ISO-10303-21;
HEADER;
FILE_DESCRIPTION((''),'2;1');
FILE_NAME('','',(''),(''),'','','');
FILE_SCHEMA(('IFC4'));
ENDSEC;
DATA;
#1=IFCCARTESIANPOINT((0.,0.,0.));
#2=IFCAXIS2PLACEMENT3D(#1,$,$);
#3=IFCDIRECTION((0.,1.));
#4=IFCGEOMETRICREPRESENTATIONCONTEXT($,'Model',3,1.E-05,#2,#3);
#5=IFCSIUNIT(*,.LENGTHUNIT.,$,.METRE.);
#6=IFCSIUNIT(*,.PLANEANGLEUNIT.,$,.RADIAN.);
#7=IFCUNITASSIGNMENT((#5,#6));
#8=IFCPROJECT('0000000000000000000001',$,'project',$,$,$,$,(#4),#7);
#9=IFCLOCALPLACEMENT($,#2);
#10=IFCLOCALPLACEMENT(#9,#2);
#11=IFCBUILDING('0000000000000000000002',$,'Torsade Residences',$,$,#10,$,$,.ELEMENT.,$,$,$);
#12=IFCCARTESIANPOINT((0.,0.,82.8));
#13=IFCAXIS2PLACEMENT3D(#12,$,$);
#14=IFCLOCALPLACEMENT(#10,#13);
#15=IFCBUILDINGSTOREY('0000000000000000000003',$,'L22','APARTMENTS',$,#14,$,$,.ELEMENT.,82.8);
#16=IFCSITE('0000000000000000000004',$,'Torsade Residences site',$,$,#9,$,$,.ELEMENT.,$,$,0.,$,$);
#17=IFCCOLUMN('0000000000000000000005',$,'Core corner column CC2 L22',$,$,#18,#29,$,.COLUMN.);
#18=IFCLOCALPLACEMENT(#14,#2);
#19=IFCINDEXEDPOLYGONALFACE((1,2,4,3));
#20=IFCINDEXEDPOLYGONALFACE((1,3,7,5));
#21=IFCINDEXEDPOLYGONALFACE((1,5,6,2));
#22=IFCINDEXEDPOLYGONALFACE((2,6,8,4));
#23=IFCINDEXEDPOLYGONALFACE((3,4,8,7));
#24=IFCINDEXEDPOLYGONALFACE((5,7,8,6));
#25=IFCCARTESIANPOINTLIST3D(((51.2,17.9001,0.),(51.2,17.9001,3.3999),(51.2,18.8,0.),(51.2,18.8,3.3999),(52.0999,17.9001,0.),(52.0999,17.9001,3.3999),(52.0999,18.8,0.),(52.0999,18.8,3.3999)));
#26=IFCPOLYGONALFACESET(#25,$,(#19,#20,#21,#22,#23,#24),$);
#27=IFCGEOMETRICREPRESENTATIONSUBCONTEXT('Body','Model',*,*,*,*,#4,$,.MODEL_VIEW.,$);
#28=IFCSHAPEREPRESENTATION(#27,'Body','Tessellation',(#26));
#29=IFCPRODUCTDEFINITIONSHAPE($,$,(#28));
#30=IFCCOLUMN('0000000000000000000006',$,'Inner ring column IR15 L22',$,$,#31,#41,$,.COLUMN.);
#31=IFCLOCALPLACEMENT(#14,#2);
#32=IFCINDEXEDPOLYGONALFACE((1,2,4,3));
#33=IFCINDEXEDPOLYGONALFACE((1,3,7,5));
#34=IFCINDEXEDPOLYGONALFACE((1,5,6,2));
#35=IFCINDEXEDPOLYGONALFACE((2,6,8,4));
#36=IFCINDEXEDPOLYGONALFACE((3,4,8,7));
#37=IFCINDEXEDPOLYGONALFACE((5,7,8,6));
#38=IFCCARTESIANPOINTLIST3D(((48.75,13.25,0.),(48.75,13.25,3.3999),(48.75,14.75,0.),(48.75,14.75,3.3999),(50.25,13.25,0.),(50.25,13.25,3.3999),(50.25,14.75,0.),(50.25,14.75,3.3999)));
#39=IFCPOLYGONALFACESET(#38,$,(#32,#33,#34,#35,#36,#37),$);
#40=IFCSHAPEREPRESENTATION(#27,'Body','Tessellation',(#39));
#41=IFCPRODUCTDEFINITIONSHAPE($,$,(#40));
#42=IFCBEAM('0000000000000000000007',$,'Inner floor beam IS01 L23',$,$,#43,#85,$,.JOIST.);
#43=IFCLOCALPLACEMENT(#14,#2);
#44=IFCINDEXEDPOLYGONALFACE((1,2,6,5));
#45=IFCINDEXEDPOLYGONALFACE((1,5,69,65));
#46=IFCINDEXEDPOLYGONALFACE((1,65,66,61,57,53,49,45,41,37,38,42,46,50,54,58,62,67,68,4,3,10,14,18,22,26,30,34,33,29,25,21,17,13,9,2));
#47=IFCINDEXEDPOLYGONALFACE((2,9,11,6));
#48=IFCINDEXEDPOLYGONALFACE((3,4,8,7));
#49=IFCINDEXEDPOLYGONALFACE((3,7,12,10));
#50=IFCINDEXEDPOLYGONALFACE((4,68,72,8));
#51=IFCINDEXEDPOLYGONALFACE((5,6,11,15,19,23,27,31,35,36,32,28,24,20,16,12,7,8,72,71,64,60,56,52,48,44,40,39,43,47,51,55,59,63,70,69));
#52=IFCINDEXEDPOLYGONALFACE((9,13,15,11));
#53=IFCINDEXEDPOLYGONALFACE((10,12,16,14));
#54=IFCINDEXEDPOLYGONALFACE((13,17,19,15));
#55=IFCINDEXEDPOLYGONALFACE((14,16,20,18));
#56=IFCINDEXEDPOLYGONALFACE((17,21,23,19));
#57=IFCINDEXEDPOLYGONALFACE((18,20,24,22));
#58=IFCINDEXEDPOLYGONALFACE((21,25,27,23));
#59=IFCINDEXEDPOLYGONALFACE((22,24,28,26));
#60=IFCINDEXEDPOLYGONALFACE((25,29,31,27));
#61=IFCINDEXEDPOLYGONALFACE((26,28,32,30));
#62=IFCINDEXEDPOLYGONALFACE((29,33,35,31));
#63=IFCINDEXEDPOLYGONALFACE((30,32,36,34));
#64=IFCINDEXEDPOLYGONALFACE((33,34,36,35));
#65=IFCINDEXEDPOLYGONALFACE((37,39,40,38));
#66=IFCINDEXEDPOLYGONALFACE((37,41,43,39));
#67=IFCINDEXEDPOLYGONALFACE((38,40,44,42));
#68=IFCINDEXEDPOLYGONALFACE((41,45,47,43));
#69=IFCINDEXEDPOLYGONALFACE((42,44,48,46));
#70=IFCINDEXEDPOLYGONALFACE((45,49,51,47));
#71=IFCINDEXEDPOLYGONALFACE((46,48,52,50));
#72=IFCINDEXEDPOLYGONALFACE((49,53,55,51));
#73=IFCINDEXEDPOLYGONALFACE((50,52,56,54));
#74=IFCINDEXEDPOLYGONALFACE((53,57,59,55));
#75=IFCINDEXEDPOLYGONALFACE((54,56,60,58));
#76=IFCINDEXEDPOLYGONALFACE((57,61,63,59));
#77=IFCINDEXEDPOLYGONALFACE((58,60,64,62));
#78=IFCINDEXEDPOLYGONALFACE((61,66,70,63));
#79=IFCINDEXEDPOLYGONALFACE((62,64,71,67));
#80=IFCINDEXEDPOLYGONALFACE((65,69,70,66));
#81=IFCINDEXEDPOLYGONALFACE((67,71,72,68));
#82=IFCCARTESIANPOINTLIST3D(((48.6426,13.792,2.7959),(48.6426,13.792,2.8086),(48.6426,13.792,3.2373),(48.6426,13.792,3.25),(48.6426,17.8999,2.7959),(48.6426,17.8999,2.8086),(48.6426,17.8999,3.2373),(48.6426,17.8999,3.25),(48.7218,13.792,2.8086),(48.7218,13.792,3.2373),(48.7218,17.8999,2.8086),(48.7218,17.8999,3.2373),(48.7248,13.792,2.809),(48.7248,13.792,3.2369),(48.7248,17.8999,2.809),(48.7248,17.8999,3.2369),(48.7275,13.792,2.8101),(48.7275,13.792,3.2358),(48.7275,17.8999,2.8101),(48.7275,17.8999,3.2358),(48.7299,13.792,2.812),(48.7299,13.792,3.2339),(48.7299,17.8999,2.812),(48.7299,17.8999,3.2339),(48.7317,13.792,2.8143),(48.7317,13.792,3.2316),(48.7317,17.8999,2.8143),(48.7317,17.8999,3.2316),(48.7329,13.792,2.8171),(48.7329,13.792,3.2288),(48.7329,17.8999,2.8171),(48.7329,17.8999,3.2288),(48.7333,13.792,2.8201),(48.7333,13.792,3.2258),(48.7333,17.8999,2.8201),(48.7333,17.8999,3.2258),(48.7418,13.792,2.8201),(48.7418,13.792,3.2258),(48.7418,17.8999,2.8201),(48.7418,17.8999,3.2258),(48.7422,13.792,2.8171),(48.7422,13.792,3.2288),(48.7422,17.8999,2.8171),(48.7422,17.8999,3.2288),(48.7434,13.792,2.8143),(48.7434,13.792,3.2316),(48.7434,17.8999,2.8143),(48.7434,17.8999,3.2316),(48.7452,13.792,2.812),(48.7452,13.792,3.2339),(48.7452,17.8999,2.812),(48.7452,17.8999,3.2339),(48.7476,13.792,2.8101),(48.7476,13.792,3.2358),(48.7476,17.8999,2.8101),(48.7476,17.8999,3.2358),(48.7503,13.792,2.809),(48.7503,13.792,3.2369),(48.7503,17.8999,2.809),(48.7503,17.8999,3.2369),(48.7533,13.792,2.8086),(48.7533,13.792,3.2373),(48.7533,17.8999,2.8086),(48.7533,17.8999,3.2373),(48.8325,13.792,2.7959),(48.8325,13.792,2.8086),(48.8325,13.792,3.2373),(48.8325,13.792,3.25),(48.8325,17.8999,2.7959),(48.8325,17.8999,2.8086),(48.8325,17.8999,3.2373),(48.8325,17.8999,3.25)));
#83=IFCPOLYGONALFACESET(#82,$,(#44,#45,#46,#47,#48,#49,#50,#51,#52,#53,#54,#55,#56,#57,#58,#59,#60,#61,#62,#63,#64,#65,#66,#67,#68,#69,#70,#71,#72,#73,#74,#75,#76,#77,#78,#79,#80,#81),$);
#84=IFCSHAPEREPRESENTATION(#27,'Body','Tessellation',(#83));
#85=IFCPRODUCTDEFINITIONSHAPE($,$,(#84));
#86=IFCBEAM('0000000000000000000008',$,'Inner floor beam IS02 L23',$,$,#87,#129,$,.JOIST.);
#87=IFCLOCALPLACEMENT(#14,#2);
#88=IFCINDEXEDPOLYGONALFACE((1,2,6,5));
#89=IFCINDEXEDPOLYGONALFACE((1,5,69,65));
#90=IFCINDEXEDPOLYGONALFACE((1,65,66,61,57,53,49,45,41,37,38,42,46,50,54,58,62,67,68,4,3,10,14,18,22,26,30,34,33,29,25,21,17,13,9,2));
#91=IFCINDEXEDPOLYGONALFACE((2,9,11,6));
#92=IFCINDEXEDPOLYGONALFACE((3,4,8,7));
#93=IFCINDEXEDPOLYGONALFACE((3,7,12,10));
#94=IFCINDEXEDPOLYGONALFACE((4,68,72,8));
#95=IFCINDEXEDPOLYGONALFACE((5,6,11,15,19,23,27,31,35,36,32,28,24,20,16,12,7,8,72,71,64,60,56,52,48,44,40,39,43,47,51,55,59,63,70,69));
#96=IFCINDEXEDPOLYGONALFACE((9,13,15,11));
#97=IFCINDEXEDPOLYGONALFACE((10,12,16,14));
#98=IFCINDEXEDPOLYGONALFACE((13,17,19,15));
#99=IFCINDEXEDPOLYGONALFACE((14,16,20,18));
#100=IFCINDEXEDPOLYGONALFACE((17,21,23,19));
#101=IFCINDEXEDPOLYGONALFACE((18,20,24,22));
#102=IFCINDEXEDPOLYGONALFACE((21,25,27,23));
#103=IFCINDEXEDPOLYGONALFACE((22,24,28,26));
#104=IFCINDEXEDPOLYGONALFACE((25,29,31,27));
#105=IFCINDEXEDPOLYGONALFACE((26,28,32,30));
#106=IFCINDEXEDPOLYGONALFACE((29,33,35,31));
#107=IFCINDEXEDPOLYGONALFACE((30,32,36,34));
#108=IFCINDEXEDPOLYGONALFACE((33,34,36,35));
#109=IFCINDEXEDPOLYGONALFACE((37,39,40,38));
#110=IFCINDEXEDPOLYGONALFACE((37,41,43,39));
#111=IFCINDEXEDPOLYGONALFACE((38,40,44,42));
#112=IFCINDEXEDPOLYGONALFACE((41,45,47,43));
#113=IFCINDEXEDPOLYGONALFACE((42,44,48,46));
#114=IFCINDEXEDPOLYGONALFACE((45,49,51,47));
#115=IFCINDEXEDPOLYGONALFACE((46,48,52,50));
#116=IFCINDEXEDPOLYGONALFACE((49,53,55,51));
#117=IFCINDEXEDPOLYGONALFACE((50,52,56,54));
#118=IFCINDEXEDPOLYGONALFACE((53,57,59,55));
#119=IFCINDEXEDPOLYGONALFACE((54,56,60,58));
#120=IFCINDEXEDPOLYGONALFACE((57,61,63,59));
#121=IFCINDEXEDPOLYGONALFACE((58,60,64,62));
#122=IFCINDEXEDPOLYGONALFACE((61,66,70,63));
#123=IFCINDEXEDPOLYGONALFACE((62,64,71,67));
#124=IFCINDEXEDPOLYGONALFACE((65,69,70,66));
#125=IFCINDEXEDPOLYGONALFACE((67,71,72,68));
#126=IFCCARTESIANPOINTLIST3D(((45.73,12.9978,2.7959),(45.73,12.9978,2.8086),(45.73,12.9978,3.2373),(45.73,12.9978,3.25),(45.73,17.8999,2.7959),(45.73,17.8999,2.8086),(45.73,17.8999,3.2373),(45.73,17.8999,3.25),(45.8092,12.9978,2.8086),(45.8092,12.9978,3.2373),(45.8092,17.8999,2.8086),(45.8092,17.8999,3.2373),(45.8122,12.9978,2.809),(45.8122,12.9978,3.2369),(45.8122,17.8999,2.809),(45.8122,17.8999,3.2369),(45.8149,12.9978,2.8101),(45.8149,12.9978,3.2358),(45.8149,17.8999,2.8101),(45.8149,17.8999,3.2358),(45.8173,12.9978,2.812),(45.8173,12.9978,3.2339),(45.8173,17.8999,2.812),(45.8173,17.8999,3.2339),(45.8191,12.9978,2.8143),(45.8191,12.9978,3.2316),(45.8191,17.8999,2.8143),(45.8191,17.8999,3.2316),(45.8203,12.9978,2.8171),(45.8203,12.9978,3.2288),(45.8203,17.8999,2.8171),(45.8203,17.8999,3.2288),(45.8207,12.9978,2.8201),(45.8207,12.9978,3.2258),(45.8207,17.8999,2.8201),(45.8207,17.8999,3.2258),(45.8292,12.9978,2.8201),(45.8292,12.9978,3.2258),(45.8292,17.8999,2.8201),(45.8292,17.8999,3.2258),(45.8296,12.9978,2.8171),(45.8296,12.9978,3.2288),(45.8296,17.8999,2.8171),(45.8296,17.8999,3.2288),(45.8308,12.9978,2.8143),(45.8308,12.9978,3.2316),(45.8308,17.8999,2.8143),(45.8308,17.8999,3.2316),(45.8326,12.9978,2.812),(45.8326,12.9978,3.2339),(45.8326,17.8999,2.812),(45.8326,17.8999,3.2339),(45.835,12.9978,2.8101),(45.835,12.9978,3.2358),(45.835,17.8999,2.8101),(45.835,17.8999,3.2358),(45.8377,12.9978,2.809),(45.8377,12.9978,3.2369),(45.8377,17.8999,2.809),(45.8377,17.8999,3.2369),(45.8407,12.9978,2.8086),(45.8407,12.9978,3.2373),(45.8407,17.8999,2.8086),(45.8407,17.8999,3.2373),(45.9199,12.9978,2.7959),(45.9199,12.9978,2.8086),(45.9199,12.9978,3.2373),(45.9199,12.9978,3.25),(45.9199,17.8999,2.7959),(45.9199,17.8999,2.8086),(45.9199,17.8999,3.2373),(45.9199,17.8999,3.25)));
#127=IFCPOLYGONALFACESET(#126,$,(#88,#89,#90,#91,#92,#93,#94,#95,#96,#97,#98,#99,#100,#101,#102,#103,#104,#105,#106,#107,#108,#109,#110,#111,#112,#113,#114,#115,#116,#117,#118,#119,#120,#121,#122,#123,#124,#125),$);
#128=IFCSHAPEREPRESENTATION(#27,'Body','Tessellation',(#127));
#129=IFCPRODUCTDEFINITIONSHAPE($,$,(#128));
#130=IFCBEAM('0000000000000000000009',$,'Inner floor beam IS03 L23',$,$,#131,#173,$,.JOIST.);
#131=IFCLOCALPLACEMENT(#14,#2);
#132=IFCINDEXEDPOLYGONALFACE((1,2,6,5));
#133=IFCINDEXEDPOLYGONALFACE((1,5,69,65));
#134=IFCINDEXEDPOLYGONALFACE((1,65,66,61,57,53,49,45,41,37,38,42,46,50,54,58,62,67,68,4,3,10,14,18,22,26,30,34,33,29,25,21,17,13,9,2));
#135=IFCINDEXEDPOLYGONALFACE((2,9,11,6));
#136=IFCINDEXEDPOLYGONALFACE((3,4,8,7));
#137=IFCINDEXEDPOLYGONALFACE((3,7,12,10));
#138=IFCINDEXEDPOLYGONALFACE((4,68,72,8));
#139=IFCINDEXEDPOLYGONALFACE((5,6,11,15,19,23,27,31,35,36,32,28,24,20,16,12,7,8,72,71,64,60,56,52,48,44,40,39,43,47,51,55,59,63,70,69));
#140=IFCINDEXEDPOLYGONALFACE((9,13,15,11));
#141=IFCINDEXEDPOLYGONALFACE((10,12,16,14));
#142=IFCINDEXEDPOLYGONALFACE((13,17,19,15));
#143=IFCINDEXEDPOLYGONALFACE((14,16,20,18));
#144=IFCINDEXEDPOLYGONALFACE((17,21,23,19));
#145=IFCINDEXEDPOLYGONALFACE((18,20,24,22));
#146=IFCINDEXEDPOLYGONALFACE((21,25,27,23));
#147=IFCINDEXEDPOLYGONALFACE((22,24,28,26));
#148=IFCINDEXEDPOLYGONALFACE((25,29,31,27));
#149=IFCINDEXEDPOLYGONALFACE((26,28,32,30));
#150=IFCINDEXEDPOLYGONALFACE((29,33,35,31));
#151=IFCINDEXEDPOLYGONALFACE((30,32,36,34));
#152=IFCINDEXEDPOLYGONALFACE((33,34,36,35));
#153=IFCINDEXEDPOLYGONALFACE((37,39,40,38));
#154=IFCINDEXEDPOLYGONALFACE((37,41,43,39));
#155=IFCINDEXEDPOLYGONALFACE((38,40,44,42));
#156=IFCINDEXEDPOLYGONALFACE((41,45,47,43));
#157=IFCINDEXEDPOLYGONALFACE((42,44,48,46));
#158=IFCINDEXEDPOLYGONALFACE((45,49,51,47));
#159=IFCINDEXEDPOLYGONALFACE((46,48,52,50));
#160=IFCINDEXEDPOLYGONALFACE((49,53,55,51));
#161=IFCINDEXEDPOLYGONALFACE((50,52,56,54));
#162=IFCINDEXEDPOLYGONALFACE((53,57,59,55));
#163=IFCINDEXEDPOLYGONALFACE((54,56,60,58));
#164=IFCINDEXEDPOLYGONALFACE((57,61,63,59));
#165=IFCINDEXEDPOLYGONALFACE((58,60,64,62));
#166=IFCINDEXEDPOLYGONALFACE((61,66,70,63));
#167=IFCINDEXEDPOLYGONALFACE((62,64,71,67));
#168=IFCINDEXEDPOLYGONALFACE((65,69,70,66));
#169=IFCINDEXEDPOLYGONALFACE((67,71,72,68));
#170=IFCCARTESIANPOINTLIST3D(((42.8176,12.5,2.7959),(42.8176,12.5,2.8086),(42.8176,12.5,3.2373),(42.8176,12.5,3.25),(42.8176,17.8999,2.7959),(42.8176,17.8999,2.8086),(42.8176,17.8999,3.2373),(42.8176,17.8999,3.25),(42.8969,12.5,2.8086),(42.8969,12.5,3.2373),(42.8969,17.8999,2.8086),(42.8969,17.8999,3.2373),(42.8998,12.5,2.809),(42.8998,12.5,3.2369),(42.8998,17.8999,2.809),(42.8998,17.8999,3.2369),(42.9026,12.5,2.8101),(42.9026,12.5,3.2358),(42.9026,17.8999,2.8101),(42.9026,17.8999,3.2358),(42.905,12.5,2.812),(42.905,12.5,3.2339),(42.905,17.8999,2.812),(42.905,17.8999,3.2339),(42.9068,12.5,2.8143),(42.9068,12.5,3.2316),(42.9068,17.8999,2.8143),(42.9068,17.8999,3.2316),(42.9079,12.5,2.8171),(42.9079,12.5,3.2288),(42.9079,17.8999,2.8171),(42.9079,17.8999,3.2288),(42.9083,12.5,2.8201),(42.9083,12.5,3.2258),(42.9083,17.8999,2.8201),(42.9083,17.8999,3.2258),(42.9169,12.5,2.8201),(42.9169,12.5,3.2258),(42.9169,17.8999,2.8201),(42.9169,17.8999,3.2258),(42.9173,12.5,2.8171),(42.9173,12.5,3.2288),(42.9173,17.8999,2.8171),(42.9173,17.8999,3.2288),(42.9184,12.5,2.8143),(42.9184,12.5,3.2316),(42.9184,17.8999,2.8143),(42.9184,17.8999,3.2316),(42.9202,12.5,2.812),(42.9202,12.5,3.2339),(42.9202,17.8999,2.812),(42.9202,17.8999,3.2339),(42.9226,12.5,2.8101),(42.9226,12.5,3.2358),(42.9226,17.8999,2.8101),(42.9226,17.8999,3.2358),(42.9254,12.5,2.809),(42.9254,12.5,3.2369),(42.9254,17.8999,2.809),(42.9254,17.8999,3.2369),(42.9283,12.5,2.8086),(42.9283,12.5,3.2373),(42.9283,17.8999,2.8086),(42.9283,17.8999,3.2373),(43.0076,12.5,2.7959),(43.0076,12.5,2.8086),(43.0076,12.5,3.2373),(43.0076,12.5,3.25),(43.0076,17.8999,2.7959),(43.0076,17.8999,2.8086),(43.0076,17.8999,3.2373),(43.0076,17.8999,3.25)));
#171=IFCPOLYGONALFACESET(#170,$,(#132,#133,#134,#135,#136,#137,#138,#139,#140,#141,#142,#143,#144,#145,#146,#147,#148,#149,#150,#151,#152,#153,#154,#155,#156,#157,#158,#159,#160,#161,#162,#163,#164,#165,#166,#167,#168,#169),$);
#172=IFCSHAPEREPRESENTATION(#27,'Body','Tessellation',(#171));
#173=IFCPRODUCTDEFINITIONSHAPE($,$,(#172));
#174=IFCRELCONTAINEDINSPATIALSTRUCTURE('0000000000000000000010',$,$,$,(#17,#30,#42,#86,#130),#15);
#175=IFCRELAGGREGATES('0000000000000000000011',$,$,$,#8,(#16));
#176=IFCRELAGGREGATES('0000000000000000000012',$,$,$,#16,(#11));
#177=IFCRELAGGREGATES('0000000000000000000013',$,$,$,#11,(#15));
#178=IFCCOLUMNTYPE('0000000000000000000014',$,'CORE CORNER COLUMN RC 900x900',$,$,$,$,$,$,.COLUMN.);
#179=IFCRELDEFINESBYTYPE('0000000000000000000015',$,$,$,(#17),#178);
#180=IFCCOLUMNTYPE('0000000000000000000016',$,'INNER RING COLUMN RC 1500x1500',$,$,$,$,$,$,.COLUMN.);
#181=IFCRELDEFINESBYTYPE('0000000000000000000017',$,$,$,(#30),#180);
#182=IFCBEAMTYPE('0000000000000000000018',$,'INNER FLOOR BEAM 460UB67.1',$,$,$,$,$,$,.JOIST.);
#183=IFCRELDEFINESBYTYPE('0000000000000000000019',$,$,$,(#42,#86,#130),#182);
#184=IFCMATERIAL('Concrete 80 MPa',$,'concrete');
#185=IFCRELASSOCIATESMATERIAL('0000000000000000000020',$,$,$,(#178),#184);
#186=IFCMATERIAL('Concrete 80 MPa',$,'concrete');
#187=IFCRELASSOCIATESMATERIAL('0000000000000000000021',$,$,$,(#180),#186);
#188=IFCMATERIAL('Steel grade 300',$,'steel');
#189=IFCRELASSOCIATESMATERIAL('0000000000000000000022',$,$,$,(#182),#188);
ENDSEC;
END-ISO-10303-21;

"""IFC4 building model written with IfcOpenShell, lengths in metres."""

from ifc_helpers import new_model, si_unit, direction, frame, origin, origin_2d, place, context, subcontext, project, spatial, rectangle, i_section, extrude, material, material_profile, profile_set, type_object, element, save


model = new_model("IFC4")

# Units and contexts
model_context = context("Model", 3, precision=1e-05, world=origin(), true_north=direction((0.0, 1.0)))
body_context = subcontext(model_context, "Body", "Model", "MODEL_VIEW")
ifc_project = project(units=[si_unit("LENGTHUNIT", "METRE"), si_unit("PLANEANGLEUNIT", "RADIAN")], contexts=[model_context])

# Site, building, storey
site_placement = place(None, origin())
site = spatial("IfcSite", under=ifc_project, at=site_placement, Name="Torsade Residences site", CompositionType="ELEMENT", RefElevation=0.0)
building_placement = place(site_placement, origin())
building = spatial("IfcBuilding", under=site, at=building_placement, Name="Torsade Residences", CompositionType="ELEMENT")
storey_placement = place(building_placement, frame((0.0, 0.0, 82.8)))
storey = spatial("IfcBuildingStorey", under=building, at=storey_placement, Name="L22", Description="APARTMENTS", CompositionType="ELEMENT", Elevation=82.8)

# Columns
ifc_material_1 = material(Name="Concrete 80 MPa", Category="concrete")
ifc_material_profile_1 = material_profile(ifc_material_1, rectangle(XDim=0.8999, YDim=0.8999, at=origin_2d()), Name="RC 900x900")
ifc_profile_set_1 = profile_set([ifc_material_profile_1], Name="Concrete 80 MPa")
column_type_1 = type_object("IfcColumnType", Name="CORE CORNER COLUMN RC 900x900", PredefinedType="COLUMN", material=ifc_profile_set_1)
column_1_placement = place(storey_placement, frame((51.6499, 18.3501, 0.0), z_axis=(0.0, 0.0, 1.0), x_axis=(1.0, 0.0, 0.0)))
element("IfcColumn", 1, at=column_1_placement, inside=storey, type_object=column_type_1, Name="Core corner column CC2 L22", PredefinedType="COLUMN", context=body_context, shape_type="SweptSolid", body=[
    extrude(rectangle(XDim=0.8999, YDim=0.8999, at=origin_2d()), origin(), (0.0, 0.0, 1.0), 3.3999),
])
ifc_material_2 = material(Name="Concrete 80 MPa", Category="concrete")
ifc_material_profile_2 = material_profile(ifc_material_2, rectangle(XDim=1.5, YDim=1.5, at=origin_2d()), Name="RC 1500x1500")
ifc_profile_set_2 = profile_set([ifc_material_profile_2], Name="Concrete 80 MPa")
column_type_2 = type_object("IfcColumnType", Name="INNER RING COLUMN RC 1500x1500", PredefinedType="COLUMN", material=ifc_profile_set_2)
column_2_placement = place(storey_placement, frame((49.5, 14.0, 0.0), z_axis=(0.0, 0.0, 1.0), x_axis=(1.0, 0.0, 0.0)))
element("IfcColumn", 2, at=column_2_placement, inside=storey, type_object=column_type_2, Name="Inner ring column IR15 L22", PredefinedType="COLUMN", context=body_context, shape_type="SweptSolid", body=[
    extrude(rectangle(XDim=1.5, YDim=1.5, at=origin_2d()), origin(), (0.0, 0.0, 1.0), 3.3999),
])

# Beams
ifc_material_3 = material(Name="Steel grade 300", Category="steel")
ifc_material_profile_3 = material_profile(ifc_material_3, i_section(OverallWidth=0.1899, OverallDepth=0.4541, WebThickness=0.0085, FlangeThickness=0.0127, FilletRadius=0.0115, at=origin_2d()), Name="460UB67.1")
ifc_profile_set_3 = profile_set([ifc_material_profile_3], Name="Steel grade 300")
beam_type_1 = type_object("IfcBeamType", Name="INNER FLOOR BEAM 460UB67.1", PredefinedType="JOIST", material=ifc_profile_set_3)
beam_1_placement = place(storey_placement, frame((48.7375, 17.8999, 3.0229), z_axis=(0.0, -1.0, 0.0), x_axis=(1.0, 0.0, 0.0)))
element("IfcBeam", 3, at=beam_1_placement, inside=storey, type_object=beam_type_1, Name="Inner floor beam IS01 L23", PredefinedType="JOIST", context=body_context, shape_type="SweptSolid", body=[
    extrude(i_section(OverallWidth=0.1899, OverallDepth=0.4541, WebThickness=0.0085, FlangeThickness=0.0127, FilletRadius=0.0115, at=origin_2d()), origin(), (0.0, 0.0, 1.0), 4.1079),
])
beam_2_placement = place(storey_placement, frame((45.825, 17.8999, 3.0229), z_axis=(0.0, -1.0, 0.0), x_axis=(1.0, 0.0, 0.0)))
element("IfcBeam", 4, at=beam_2_placement, inside=storey, type_object=beam_type_1, Name="Inner floor beam IS02 L23", PredefinedType="JOIST", context=body_context, shape_type="SweptSolid", body=[
    extrude(i_section(OverallWidth=0.1899, OverallDepth=0.4541, WebThickness=0.0085, FlangeThickness=0.0127, FilletRadius=0.0115, at=origin_2d()), origin(), (0.0, 0.0, 1.0), 4.9021),
])
for number, where, z_axis, x_axis, name in (
    (5, (42.9126, 17.8999, 3.0229), (0.0, -1.0, 0.0), (1.0, 0.0, 0.0), "Inner floor beam IS03 L23"),
):
    element("IfcBeam", number, at=place(storey_placement, frame(where, z_axis=z_axis, x_axis=x_axis)), inside=storey, type_object=beam_type_1, Name=name, PredefinedType="JOIST", context=body_context, shape_type="SweptSolid", body=[
        extrude(i_section(OverallWidth=0.1899, OverallDepth=0.4541, WebThickness=0.0085, FlangeThickness=0.0127, FilletRadius=0.0115, at=origin_2d()), origin(), (0.0, 0.0, 1.0), 5.3999),
    ])

save(model, "model.ifc")
